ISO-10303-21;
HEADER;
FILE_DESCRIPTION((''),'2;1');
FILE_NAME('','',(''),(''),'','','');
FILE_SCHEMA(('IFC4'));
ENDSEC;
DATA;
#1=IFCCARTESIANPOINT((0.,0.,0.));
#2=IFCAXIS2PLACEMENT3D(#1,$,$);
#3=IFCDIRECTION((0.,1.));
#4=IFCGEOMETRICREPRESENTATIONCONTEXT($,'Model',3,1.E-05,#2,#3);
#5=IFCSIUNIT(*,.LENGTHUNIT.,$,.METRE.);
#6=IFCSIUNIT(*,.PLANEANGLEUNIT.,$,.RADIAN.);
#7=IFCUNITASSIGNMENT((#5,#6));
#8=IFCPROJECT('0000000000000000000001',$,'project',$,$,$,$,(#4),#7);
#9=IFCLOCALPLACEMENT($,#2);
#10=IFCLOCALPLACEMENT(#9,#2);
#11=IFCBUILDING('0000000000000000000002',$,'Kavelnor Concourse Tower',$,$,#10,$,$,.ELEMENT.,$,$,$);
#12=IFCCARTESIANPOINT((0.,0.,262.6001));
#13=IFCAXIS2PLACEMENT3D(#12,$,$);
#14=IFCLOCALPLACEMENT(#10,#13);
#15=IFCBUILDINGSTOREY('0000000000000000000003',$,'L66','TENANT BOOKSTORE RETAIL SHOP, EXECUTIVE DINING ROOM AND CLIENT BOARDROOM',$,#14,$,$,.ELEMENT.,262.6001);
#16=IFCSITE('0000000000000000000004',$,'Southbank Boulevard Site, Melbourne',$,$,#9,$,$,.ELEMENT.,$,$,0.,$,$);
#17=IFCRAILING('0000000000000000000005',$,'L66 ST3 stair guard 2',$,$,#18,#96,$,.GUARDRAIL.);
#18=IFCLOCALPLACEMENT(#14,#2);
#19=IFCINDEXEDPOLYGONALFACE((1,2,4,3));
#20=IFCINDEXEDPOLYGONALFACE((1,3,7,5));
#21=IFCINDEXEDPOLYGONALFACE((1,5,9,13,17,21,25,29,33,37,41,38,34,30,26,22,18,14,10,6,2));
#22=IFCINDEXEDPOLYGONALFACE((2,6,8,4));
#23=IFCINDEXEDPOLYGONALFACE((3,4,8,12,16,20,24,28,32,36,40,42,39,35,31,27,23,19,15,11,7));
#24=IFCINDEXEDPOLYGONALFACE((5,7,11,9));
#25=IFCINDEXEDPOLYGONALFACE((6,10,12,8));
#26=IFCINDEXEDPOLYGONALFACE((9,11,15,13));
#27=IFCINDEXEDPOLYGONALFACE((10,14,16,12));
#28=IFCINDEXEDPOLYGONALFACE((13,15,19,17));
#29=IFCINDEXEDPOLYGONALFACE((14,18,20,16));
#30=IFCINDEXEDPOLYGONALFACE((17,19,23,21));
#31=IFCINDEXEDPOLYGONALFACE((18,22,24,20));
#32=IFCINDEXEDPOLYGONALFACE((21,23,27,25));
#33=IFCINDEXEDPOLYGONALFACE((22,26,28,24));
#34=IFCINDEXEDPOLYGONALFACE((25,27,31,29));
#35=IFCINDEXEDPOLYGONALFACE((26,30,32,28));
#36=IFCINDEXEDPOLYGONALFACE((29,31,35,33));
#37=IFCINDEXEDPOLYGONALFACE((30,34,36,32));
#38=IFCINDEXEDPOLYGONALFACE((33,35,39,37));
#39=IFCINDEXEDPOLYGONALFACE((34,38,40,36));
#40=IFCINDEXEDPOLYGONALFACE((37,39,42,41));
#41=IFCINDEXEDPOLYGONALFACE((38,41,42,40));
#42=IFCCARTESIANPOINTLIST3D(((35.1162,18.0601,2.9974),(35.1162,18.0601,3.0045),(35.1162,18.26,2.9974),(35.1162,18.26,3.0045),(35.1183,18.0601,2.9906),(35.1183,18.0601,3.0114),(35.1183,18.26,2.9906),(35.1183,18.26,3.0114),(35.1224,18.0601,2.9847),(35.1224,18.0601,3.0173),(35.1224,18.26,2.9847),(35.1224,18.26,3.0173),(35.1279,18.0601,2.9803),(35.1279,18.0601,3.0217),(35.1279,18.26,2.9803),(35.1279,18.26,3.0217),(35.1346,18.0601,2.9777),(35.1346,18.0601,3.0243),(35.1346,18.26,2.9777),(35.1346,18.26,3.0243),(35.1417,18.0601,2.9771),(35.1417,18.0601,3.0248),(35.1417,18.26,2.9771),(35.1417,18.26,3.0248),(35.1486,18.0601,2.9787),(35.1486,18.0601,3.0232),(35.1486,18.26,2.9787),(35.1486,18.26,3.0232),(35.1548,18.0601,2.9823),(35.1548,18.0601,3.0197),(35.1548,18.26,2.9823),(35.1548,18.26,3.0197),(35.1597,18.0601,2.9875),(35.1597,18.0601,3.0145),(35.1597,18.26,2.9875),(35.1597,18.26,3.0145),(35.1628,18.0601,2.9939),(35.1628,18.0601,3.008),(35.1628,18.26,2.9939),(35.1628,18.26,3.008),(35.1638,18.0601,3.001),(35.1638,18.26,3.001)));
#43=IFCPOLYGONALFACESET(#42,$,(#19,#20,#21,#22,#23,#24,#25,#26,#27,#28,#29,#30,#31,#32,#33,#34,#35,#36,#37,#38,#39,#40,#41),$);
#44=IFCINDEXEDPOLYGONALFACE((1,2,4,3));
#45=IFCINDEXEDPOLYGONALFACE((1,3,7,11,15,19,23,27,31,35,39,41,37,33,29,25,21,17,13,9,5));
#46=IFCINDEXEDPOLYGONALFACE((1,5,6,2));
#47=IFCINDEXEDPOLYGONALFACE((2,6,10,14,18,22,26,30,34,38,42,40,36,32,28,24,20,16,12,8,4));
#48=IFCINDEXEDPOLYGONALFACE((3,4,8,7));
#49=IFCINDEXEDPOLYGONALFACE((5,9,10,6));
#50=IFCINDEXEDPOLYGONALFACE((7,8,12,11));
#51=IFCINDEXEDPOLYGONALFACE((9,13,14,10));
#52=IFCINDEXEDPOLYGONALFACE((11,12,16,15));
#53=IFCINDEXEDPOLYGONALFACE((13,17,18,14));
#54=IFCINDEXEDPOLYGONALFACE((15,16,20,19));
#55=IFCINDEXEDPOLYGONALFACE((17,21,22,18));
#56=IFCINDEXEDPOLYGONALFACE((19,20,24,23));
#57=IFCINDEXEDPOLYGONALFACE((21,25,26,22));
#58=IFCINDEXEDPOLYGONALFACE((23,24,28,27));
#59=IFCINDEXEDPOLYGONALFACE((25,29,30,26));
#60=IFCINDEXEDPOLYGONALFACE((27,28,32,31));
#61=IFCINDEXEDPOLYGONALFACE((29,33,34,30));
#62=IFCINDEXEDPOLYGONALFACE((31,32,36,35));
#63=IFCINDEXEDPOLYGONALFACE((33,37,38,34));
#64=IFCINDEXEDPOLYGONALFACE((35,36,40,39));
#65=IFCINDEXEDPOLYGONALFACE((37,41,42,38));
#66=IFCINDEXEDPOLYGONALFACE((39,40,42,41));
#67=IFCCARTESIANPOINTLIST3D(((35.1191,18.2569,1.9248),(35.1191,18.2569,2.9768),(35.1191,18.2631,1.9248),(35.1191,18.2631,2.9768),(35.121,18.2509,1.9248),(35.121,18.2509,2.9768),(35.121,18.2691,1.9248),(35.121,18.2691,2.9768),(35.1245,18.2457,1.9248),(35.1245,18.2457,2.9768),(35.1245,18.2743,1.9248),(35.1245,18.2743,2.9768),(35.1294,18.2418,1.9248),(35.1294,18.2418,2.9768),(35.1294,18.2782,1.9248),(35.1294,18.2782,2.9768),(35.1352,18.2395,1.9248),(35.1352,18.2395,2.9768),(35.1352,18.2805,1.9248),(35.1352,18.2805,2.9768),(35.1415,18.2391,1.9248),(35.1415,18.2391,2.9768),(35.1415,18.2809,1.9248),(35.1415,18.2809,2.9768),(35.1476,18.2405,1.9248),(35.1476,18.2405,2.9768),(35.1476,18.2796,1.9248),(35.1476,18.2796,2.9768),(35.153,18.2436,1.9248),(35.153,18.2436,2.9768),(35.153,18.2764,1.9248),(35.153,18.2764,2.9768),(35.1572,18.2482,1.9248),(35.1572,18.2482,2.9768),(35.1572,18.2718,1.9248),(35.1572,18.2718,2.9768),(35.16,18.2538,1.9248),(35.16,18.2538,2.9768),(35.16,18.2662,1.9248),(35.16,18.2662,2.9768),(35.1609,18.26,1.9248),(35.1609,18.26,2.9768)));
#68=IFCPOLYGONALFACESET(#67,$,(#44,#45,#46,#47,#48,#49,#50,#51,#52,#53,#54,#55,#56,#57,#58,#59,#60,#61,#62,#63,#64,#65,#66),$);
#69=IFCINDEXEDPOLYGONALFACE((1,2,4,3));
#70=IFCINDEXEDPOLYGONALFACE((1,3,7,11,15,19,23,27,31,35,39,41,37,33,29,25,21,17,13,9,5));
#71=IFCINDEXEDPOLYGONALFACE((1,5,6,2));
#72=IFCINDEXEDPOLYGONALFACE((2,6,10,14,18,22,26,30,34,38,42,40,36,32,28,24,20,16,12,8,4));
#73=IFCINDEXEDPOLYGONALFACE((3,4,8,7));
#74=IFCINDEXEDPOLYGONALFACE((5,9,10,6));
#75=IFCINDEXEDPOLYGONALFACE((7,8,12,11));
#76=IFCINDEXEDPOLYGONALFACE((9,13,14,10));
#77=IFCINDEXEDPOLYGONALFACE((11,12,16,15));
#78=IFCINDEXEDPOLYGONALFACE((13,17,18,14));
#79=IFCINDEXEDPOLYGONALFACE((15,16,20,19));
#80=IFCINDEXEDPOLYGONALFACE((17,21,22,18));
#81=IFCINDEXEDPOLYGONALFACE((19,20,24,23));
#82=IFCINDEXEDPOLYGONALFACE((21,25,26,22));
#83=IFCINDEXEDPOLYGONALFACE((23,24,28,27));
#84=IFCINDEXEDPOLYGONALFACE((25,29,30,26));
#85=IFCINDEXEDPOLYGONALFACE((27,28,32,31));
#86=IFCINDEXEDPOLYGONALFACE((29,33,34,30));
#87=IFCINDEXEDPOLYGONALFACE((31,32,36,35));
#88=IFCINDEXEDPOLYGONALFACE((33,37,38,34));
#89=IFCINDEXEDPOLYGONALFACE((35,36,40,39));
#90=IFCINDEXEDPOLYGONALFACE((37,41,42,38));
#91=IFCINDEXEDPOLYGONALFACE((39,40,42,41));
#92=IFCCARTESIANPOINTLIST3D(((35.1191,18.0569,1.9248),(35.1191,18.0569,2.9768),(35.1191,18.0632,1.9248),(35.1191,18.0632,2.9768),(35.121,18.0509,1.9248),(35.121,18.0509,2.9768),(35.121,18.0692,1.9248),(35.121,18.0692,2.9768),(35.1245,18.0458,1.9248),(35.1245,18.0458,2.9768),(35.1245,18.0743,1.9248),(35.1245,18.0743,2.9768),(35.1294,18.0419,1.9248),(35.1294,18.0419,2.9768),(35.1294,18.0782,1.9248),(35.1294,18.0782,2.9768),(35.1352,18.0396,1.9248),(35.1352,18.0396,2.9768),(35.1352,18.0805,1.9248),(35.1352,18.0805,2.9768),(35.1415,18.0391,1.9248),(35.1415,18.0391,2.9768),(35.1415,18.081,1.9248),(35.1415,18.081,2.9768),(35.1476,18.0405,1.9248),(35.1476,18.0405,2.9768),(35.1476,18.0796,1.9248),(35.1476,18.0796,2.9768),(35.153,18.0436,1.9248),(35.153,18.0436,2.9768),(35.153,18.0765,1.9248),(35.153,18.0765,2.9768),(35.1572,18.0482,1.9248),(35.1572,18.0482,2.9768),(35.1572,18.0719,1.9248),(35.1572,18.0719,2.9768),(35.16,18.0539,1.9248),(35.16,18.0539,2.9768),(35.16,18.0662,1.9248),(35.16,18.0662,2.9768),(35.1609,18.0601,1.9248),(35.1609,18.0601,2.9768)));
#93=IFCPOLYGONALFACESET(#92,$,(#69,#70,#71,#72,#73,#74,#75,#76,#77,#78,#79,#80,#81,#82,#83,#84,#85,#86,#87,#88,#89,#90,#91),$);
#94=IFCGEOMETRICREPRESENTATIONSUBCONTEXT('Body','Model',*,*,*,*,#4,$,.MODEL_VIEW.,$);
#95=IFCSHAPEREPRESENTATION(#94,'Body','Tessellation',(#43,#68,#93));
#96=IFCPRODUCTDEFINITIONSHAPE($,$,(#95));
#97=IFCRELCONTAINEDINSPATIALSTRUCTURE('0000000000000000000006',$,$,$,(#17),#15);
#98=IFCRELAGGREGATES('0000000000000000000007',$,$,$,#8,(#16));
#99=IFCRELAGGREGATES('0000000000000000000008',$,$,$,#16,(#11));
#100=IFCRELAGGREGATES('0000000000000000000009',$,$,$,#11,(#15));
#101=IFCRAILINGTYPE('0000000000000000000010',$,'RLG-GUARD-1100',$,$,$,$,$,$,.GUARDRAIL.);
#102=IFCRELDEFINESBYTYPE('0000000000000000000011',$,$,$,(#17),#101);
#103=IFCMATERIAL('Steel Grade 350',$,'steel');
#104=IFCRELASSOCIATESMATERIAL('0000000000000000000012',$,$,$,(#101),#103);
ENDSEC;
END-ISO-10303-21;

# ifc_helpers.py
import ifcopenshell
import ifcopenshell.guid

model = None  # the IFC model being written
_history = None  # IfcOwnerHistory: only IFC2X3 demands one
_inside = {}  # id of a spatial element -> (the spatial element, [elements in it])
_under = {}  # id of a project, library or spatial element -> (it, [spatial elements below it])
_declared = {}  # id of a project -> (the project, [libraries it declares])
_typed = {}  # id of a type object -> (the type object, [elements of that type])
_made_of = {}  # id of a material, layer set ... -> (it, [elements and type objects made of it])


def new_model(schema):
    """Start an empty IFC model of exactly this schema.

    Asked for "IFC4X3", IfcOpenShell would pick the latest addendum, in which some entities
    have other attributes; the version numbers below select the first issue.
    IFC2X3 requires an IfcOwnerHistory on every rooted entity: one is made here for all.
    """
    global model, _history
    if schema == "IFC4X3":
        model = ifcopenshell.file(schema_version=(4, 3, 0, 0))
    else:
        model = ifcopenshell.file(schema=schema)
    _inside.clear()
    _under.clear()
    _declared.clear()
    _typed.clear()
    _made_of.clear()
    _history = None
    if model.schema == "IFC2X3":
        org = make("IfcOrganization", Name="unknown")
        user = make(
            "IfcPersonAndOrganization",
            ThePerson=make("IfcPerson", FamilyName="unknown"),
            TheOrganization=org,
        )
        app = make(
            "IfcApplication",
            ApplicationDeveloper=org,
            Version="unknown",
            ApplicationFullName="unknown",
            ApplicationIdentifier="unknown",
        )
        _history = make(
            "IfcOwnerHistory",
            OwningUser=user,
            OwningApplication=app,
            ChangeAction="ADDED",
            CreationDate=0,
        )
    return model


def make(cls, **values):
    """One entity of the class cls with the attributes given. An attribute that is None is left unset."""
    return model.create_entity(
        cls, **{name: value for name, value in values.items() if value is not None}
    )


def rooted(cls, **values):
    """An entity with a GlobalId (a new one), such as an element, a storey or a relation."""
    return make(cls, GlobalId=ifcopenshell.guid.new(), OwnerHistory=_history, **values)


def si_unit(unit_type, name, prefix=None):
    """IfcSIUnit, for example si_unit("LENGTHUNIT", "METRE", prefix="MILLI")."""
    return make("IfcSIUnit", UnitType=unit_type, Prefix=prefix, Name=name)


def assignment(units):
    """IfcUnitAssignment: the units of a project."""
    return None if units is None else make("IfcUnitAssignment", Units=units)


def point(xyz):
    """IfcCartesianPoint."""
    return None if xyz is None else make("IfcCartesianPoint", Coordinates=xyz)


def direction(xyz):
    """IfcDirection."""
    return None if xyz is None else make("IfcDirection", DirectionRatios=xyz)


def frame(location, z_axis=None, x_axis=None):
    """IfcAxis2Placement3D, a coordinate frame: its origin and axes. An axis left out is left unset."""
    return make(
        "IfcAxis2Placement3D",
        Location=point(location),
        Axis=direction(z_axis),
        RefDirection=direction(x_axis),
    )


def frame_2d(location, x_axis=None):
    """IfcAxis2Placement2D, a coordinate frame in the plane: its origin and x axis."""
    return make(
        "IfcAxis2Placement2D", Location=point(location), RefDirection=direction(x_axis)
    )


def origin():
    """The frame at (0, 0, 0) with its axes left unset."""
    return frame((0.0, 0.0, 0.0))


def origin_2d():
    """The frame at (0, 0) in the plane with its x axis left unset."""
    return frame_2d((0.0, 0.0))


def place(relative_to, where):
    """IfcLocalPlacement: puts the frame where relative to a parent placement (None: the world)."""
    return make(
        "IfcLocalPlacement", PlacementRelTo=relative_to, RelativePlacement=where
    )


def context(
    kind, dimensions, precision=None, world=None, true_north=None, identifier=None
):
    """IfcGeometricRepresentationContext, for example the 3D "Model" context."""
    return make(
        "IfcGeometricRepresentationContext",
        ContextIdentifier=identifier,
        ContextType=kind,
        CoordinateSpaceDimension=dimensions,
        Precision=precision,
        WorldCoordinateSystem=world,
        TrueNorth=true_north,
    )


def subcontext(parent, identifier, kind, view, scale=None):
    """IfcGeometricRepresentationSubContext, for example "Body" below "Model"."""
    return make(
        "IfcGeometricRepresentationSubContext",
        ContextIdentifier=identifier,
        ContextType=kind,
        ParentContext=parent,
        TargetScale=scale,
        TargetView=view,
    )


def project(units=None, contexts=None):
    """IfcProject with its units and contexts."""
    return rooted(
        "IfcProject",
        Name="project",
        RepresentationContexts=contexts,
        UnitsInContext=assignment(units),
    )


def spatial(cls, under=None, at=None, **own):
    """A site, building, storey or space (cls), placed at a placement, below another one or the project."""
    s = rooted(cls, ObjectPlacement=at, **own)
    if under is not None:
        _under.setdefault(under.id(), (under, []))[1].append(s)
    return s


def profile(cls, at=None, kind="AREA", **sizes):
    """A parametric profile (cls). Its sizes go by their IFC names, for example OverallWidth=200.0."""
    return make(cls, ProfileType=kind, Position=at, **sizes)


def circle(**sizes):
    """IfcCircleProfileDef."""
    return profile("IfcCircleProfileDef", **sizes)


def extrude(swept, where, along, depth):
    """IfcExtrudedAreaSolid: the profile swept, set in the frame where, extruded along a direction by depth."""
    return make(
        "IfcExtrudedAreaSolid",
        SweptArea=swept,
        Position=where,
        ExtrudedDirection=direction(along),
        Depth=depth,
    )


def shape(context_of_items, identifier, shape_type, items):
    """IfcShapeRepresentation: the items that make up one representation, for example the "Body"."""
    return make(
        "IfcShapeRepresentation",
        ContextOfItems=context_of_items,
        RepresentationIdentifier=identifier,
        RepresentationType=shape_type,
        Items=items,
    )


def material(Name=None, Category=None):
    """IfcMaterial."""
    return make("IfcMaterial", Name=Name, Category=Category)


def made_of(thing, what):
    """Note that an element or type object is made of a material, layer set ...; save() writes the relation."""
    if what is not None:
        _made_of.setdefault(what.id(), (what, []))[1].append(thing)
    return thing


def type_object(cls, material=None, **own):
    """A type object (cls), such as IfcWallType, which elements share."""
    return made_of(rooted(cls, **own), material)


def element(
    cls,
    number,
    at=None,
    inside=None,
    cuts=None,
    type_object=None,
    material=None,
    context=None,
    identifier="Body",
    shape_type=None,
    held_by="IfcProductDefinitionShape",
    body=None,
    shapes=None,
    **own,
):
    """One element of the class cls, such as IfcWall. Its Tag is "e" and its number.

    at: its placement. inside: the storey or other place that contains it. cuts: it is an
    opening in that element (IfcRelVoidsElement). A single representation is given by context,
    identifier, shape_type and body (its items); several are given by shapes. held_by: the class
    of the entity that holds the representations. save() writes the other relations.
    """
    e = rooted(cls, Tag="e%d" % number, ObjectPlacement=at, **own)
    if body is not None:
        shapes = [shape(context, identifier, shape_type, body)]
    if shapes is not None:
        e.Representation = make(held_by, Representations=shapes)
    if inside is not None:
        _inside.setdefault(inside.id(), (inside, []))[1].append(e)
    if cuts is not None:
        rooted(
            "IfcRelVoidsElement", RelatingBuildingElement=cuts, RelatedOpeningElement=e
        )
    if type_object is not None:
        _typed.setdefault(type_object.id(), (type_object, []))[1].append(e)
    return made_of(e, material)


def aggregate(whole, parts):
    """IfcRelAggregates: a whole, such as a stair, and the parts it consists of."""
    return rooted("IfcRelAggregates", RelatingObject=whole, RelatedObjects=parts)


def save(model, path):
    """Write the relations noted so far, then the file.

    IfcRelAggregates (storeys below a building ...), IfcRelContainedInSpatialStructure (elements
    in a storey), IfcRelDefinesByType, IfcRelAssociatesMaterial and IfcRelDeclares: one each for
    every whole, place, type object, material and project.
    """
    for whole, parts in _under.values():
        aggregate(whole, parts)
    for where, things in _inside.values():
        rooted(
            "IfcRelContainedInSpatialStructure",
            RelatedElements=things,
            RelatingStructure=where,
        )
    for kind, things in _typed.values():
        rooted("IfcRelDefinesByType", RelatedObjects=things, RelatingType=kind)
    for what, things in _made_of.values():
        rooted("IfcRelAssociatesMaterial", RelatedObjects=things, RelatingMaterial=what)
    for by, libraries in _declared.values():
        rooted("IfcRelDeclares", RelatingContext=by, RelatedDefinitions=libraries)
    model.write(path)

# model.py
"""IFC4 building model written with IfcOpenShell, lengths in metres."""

from ifc_helpers import new_model, si_unit, direction, frame, origin, origin_2d, place, context, subcontext, project, spatial, circle, extrude, material, type_object, element, save


model = new_model("IFC4")

# Units and contexts
model_context = context("Model", 3, precision=1e-05, world=origin(), true_north=direction((0.0, 1.0)))
body_context = subcontext(model_context, "Body", "Model", "MODEL_VIEW")
ifc_project = project(units=[si_unit("LENGTHUNIT", "METRE"), si_unit("PLANEANGLEUNIT", "RADIAN")], contexts=[model_context])

# Site, building, storey
site_placement = place(None, origin())
site = spatial("IfcSite", under=ifc_project, at=site_placement, Name="Southbank Boulevard Site, Melbourne", CompositionType="ELEMENT", RefElevation=0.0)
building_placement = place(site_placement, origin())
building = spatial("IfcBuilding", under=site, at=building_placement, Name="Kavelnor Concourse Tower", CompositionType="ELEMENT")
storey_placement = place(building_placement, frame((0.0, 0.0, 262.6001)))
storey = spatial("IfcBuildingStorey", under=building, at=storey_placement, Name="L66", Description="TENANT BOOKSTORE RETAIL SHOP, EXECUTIVE DINING ROOM AND CLIENT BOARDROOM", CompositionType="ELEMENT", Elevation=262.6001)

# Shared definitions
ifc_material_1 = material(Name="Steel Grade 350", Category="steel")

# Railing
railing_type_1 = type_object("IfcRailingType", Name="RLG-GUARD-1100", PredefinedType="GUARDRAIL", material=ifc_material_1)
railing_1_placement = place(storey_placement, frame((35.1399, 18.26, 1.9248)))
element("IfcRailing", 1, at=railing_1_placement, inside=storey, type_object=railing_type_1, Name="L66 ST3 stair guard 2", PredefinedType="GUARDRAIL", context=body_context, shape_type="SweptSolid", body=[
    extrude(circle(Radius=0.0239, at=origin_2d()), frame((0.0, 0.0, 1.0762), z_axis=(0.0, -1.0, 0.0), x_axis=(1.0, 0.0, 0.0)), (0.0, 0.0, 1.0), 0.2),
    extrude(circle(Radius=0.021, at=origin_2d()), origin(), (0.0, 0.0, 1.0), 1.052),
    extrude(circle(Radius=0.021, at=origin_2d()), frame((0.0, -0.2, 0.0)), (0.0, 0.0, 1.0), 1.052),
])

save(model, "model.ifc")
